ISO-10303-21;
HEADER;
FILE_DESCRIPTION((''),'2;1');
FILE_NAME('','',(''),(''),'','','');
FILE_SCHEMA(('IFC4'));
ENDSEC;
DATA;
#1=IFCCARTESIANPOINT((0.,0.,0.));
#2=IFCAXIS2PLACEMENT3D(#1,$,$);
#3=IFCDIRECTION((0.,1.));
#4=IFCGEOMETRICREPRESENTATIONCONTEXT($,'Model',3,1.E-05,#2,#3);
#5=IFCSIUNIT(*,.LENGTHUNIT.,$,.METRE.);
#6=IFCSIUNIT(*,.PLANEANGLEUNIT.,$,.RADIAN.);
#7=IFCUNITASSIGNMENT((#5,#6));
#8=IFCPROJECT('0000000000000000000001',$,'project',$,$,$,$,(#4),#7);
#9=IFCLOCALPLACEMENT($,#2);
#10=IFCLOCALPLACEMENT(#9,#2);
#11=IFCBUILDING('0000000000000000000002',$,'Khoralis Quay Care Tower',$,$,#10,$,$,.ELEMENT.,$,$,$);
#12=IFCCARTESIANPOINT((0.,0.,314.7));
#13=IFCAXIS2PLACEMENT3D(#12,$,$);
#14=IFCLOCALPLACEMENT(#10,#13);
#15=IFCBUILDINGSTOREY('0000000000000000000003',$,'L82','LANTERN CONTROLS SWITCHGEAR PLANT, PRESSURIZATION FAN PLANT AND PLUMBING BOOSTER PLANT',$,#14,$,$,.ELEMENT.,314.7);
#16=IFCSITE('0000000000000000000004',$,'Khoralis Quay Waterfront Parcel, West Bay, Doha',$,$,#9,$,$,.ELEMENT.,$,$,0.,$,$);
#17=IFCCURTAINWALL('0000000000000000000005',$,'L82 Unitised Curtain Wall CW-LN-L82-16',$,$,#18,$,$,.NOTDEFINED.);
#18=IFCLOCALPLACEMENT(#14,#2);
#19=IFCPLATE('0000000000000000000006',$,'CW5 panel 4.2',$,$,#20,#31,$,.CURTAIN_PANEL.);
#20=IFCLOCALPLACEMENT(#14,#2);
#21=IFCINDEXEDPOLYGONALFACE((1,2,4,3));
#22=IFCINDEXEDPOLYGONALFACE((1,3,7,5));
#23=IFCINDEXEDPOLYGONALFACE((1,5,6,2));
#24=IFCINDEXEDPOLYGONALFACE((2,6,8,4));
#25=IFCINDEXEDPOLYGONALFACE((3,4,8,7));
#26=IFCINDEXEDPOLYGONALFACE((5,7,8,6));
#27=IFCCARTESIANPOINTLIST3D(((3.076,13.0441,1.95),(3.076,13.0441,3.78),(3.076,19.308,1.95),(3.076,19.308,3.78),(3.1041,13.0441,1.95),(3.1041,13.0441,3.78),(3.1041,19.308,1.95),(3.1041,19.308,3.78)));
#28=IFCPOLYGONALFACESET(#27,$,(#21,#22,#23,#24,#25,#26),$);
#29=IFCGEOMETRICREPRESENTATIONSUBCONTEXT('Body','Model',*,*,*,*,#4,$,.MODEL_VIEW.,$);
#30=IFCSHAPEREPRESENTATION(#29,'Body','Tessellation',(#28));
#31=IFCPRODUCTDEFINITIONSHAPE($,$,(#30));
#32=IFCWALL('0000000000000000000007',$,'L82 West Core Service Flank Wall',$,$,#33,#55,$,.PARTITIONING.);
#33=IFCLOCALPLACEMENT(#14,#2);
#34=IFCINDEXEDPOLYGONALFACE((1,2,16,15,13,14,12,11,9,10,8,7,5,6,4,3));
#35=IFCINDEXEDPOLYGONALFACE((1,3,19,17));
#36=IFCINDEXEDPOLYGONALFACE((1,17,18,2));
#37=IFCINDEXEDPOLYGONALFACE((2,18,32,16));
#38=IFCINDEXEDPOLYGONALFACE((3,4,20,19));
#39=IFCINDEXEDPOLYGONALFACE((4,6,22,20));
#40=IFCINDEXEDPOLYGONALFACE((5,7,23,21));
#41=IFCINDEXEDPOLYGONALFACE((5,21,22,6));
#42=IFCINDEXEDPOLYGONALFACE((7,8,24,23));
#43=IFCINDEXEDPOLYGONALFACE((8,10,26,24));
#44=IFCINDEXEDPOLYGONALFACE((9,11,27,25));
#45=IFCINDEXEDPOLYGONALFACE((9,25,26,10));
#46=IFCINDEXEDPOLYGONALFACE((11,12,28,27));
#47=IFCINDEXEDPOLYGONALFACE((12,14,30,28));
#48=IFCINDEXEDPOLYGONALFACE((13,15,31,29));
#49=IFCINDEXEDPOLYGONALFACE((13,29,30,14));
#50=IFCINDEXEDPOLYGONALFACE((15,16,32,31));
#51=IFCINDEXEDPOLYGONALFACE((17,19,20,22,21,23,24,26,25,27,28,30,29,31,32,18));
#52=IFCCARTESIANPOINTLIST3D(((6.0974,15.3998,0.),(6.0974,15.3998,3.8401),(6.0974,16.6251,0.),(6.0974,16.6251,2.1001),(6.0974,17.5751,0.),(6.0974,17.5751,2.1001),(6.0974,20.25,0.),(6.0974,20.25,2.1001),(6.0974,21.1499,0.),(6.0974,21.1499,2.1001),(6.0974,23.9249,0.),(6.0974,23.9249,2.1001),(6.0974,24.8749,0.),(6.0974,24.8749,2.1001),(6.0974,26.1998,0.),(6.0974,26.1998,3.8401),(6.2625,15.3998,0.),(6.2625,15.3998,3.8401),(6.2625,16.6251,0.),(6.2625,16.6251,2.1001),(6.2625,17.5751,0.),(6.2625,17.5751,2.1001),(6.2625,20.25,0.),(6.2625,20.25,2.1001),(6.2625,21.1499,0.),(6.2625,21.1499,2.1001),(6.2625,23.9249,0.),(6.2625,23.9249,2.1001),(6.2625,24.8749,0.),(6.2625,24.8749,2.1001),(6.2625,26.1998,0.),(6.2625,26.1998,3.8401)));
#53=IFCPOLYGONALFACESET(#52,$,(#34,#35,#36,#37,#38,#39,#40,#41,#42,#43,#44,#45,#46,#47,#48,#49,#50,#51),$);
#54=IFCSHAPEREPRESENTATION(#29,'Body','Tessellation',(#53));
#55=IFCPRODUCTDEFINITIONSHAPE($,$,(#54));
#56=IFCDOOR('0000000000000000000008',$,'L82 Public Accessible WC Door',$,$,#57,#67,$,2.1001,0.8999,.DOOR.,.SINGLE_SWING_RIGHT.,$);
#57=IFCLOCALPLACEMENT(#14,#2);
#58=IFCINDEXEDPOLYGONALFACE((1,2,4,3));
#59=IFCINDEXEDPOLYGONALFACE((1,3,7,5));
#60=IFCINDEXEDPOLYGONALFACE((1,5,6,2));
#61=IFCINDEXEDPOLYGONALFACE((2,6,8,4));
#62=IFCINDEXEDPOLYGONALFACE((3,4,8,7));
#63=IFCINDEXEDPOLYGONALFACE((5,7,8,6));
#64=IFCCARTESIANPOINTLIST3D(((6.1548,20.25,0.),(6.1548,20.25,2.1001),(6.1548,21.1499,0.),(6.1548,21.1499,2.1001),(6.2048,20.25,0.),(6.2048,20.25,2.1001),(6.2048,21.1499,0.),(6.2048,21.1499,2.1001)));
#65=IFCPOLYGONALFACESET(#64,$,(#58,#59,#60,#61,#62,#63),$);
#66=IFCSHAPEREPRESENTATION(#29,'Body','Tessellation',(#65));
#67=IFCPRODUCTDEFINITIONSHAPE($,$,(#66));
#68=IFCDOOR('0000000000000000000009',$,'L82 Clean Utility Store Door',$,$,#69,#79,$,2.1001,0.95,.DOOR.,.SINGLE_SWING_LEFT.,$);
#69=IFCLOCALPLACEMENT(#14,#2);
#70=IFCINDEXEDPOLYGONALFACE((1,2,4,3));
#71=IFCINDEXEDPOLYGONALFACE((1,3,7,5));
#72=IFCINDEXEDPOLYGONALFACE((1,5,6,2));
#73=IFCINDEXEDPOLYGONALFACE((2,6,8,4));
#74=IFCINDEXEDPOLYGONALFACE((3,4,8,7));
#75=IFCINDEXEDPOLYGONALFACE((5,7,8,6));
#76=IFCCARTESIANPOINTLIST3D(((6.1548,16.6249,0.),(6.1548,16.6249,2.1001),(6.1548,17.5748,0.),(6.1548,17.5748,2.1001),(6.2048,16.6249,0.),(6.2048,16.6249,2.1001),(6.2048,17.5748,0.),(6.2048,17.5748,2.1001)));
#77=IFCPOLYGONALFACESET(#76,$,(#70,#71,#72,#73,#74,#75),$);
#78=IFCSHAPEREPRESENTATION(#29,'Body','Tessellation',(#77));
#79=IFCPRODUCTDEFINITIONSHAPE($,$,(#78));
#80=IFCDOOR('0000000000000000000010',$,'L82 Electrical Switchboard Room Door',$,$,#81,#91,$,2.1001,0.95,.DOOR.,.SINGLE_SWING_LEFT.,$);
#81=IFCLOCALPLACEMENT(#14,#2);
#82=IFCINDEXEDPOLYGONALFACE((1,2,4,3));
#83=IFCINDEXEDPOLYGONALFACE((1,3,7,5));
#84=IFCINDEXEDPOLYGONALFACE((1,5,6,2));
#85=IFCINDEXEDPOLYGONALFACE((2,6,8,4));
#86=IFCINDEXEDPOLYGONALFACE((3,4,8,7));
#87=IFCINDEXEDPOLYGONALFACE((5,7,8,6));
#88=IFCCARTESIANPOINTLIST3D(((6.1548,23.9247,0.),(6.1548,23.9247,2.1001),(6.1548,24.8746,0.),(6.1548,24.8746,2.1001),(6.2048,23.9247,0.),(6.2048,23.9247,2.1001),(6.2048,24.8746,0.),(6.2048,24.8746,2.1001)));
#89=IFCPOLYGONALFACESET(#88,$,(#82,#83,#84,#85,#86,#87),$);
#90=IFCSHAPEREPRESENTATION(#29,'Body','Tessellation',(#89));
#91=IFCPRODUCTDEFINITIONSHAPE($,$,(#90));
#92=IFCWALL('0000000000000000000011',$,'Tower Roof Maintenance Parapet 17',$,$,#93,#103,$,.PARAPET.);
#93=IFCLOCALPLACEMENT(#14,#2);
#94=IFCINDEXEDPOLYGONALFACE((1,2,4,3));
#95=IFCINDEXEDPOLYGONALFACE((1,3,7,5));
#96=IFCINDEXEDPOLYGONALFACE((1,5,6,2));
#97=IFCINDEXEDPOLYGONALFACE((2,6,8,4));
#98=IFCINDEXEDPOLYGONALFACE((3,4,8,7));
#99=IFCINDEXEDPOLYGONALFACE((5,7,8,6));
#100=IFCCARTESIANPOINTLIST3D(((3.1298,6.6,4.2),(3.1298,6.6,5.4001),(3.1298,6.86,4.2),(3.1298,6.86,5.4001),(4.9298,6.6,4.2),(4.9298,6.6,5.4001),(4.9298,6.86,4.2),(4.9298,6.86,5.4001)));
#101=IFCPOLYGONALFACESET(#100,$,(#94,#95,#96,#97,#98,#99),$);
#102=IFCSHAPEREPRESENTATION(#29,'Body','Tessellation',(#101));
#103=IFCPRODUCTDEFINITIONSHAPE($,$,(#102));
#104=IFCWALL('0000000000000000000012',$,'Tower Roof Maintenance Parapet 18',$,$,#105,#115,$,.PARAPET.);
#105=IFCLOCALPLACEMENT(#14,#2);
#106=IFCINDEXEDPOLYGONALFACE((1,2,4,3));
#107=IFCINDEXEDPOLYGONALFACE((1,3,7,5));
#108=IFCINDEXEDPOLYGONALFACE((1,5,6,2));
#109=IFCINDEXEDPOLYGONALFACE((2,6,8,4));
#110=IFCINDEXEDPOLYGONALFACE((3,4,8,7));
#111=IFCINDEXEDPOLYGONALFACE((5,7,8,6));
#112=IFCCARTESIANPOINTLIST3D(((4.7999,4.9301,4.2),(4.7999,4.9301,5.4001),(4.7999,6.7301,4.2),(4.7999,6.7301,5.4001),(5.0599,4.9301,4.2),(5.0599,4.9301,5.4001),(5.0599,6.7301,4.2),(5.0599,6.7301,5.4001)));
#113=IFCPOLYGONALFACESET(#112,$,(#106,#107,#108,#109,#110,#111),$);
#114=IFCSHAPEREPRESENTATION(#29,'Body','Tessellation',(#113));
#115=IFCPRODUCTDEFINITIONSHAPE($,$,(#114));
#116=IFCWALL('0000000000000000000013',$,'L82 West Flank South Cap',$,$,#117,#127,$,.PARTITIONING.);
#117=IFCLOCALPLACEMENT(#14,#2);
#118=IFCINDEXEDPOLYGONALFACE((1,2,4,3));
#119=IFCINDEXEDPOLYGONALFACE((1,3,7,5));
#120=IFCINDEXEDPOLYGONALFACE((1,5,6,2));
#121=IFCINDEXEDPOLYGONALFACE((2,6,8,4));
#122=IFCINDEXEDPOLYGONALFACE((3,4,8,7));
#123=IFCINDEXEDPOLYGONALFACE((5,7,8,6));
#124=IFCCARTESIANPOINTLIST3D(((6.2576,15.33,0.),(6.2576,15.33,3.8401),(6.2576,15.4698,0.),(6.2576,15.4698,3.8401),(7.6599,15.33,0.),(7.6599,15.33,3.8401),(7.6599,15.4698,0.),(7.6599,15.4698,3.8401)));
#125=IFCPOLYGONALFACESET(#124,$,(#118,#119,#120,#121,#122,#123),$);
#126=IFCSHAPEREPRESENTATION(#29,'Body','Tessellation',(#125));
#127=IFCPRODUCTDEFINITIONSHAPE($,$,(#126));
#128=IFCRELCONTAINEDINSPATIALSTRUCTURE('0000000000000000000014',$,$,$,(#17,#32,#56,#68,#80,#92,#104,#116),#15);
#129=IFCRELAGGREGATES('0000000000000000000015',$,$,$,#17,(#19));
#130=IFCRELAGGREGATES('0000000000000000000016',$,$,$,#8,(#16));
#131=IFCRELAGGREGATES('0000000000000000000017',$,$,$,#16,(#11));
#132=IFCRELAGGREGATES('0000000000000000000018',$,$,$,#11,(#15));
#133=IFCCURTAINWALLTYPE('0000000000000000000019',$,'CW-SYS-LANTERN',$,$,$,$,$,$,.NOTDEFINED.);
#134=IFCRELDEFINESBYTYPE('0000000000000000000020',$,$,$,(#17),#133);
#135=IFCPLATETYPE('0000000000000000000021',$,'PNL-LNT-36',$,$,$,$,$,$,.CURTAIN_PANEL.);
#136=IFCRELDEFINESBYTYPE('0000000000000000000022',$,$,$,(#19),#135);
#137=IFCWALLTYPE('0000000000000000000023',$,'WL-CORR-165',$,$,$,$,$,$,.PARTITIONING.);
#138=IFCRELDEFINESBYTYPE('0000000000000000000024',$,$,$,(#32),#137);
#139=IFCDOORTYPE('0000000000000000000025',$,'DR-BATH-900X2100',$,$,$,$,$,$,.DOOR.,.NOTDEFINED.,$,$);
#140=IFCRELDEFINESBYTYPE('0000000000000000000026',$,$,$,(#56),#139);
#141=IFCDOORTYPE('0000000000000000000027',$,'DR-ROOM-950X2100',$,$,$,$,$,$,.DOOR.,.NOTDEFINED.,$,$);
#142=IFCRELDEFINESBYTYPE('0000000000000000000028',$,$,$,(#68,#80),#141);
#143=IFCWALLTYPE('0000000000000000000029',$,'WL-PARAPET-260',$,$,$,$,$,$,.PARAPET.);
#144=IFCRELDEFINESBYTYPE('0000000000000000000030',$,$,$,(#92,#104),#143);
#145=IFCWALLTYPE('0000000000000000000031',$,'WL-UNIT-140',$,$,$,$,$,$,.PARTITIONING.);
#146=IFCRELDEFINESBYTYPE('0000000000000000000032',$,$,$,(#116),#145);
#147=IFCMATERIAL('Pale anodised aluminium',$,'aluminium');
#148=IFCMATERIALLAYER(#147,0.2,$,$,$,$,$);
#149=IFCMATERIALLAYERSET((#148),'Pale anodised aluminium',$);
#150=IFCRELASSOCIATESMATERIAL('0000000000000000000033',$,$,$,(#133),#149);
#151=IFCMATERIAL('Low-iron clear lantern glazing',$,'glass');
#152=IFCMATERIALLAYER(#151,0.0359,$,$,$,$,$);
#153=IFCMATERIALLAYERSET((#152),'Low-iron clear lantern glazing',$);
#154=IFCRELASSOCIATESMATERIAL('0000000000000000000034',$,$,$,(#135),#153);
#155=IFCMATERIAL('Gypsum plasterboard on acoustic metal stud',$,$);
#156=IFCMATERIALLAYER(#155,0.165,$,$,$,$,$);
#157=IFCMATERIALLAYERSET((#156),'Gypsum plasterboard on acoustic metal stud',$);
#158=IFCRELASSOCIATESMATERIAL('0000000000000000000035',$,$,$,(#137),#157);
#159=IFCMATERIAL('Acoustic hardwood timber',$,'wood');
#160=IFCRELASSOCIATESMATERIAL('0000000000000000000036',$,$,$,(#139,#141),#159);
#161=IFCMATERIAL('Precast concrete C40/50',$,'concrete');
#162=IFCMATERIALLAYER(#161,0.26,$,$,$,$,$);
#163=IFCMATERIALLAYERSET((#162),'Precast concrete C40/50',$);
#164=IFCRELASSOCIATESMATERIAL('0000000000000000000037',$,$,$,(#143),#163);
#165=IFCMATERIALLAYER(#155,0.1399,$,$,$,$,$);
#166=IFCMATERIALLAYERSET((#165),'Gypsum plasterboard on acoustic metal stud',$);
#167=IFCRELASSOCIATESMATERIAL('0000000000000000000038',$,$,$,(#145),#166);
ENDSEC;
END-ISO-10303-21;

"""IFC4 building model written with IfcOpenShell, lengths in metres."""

from ifc_helpers import new_model, si_unit, direction, frame, frame_2d, origin, origin_2d, place, context, subcontext, project, spatial, rectangle, extrude, source, transform, mapped, material, layer, layer_set, type_object, element, fill, aggregate, save


model = new_model("IFC4")

# Units and contexts
model_context = context("Model", 3, precision=1e-05, world=origin(), true_north=direction((0.0, 1.0)))
body_context = subcontext(model_context, "Body", "Model", "MODEL_VIEW")
ifc_project = project(units=[si_unit("LENGTHUNIT", "METRE"), si_unit("PLANEANGLEUNIT", "RADIAN")], contexts=[model_context])

# Site, building, storey
site_placement = place(None, origin())
site = spatial("IfcSite", under=ifc_project, at=site_placement, Name="Khoralis Quay Waterfront Parcel, West Bay, Doha", CompositionType="ELEMENT", RefElevation=0.0)
building_placement = place(site_placement, origin())
building = spatial("IfcBuilding", under=site, at=building_placement, Name="Khoralis Quay Care Tower", CompositionType="ELEMENT")
storey_placement = place(building_placement, frame((0.0, 0.0, 314.7)))
storey = spatial("IfcBuildingStorey", under=building, at=storey_placement, Name="L82", Description="LANTERN CONTROLS SWITCHGEAR PLANT, PRESSURIZATION FAN PLANT AND PLUMBING BOOSTER PLANT", CompositionType="ELEMENT", Elevation=314.7)

# Curtain wall
ifc_material_1 = material(Name="Pale anodised aluminium", Category="aluminium")
ifc_layer_1 = layer(ifc_material_1, 0.2)
ifc_layer_set_1 = layer_set([ifc_layer_1], Name="Pale anodised aluminium")
curtain_wall_type = type_object("IfcCurtainWallType", Name="CW-SYS-LANTERN", PredefinedType="NOTDEFINED", material=ifc_layer_set_1)
curtain_wall_1_placement = place(storey_placement, origin())
curtain_wall_1 = element("IfcCurtainWall", 1, at=curtain_wall_1_placement, inside=storey, type_object=curtain_wall_type, Name="L82 Unitised Curtain Wall CW-LN-L82-16", PredefinedType="NOTDEFINED")

# Plate
ifc_material_2 = material(Name="Low-iron clear lantern glazing", Category="glass")
ifc_layer_2 = layer(ifc_material_2, 0.0359)
ifc_layer_set_2 = layer_set([ifc_layer_2], Name="Low-iron clear lantern glazing")
plate_type = type_object("IfcPlateType", Name="PNL-LNT-36", PredefinedType="CURTAIN_PANEL", material=ifc_layer_set_2)
shared_shape_1 = source(origin(), body_context, "Body", "SweptSolid", [
    extrude(rectangle(XDim=6.2639, YDim=0.0281, at=origin_2d()), origin(), (0.0, 0.0, 1.0), 1.8301),
])
plate_1_placement = place(storey_placement, frame((3.0901, 16.176, 1.95), z_axis=(0.0, 0.0, 1.0), x_axis=(0.0, -1.0, 0.0)))
plate_1 = element("IfcPlate", 2, at=plate_1_placement, type_object=plate_type, Name="CW5 panel 4.2", PredefinedType="CURTAIN_PANEL", context=body_context, shape_type="MappedRepresentation", body=[
    mapped(shared_shape_1, transform((0.0, 0.0, 0.0), scale=1.0)),
])
aggregate(curtain_wall_1, [plate_1])

# Wall, openings, doors
ifc_material_3 = material(Name="Gypsum plasterboard on acoustic metal stud")
ifc_layer_3 = layer(ifc_material_3, 0.165)
ifc_layer_set_3 = layer_set([ifc_layer_3], Name="Gypsum plasterboard on acoustic metal stud")
wall_type_1 = type_object("IfcWallType", Name="WL-CORR-165", PredefinedType="PARTITIONING", material=ifc_layer_set_3)
wall_1_placement = place(storey_placement, frame((6.1799, 15.3999, 0.0), z_axis=(0.0, 0.0, 1.0), x_axis=(0.0, 1.0, 0.0)))
wall_1 = element("IfcWall", 3, at=wall_1_placement, inside=storey, type_object=wall_type_1, Name="L82 West Core Service Flank Wall", PredefinedType="PARTITIONING", context=body_context, shape_type="SweptSolid", body=[
    extrude(rectangle(XDim=10.8, YDim=0.165, at=frame_2d((5.3999, 0.0))), origin(), (0.0, 0.0, 1.0), 3.8401),
])
opening_1_placement = place(wall_1_placement, frame((1.2251, 0.0, 0.0)))
opening_1 = element("IfcOpeningElement", 4, at=opening_1_placement, cuts=wall_1, PredefinedType="OPENING", context=body_context, shape_type="SweptSolid", body=[
    extrude(rectangle(XDim=0.95, YDim=2.1001, at=frame_2d((0.4751, 1.05))), frame((0.0, 0.0925, 0.0), z_axis=(0.0, -1.0, 0.0), x_axis=(1.0, 0.0, 0.0)), (0.0, 0.0, 1.0), 0.1851),
])
opening_2_placement = place(wall_1_placement, frame((4.8501, 0.0, 0.0)))
opening_2 = element("IfcOpeningElement", 5, at=opening_2_placement, cuts=wall_1, PredefinedType="OPENING", context=body_context, shape_type="SweptSolid", body=[
    extrude(rectangle(XDim=0.8999, YDim=2.1001, at=frame_2d((0.45, 1.05))), frame((0.0, 0.0925, 0.0), z_axis=(0.0, -1.0, 0.0), x_axis=(1.0, 0.0, 0.0)), (0.0, 0.0, 1.0), 0.1851),
])
opening_3_placement = place(wall_1_placement, frame((8.5249, 0.0, 0.0)))
opening_3 = element("IfcOpeningElement", 6, at=opening_3_placement, cuts=wall_1, PredefinedType="OPENING", context=body_context, shape_type="SweptSolid", body=[
    extrude(rectangle(XDim=0.95, YDim=2.1001, at=frame_2d((0.4751, 1.05))), frame((0.0, 0.0925, 0.0), z_axis=(0.0, -1.0, 0.0), x_axis=(1.0, 0.0, 0.0)), (0.0, 0.0, 1.0), 0.1851),
])
ifc_material_4 = material(Name="Acoustic hardwood timber", Category="wood")
door_type_1 = type_object("IfcDoorType", Name="DR-BATH-900X2100", OperationType="NOTDEFINED", PredefinedType="DOOR", material=ifc_material_4)
shared_shape_2 = source(origin(), body_context, "Body", "SweptSolid", [
    extrude(rectangle(XDim=0.8999, YDim=2.1001, at=frame_2d((0.45, 1.05))), frame((0.0, 0.0249, 0.0), z_axis=(0.0, -1.0, 0.0), x_axis=(1.0, 0.0, 0.0)), (0.0, 0.0, 1.0), 0.05),
])
door_1_placement = place(opening_2_placement, frame((0.8999, 0.0, 0.0), z_axis=(0.0, 0.0, 1.0), x_axis=(-1.0, 0.0, 0.0)))
door_1 = element("IfcDoor", 7, at=door_1_placement, inside=storey, type_object=door_type_1, Name="L82 Public Accessible WC Door", OperationType="SINGLE_SWING_RIGHT", OverallHeight=2.1001, OverallWidth=0.8999, PredefinedType="DOOR", context=body_context, shape_type="MappedRepresentation", body=[
    mapped(shared_shape_2, transform((0.0, 0.0, 0.0), scale=1.0)),
])
fill(opening_2, door_1)
door_type_2 = type_object("IfcDoorType", Name="DR-ROOM-950X2100", OperationType="NOTDEFINED", PredefinedType="DOOR", material=ifc_material_4)
shared_shape_3 = source(origin(), body_context, "Body", "SweptSolid", [
    extrude(rectangle(XDim=0.95, YDim=2.1001, at=frame_2d((0.4751, 1.05))), frame((0.0, 0.0249, 0.0), z_axis=(0.0, -1.0, 0.0), x_axis=(1.0, 0.0, 0.0)), (0.0, 0.0, 1.0), 0.05),
])
door_2_placement = place(opening_1_placement, frame((0.95, 0.0, 0.0), z_axis=(0.0, 0.0, 1.0), x_axis=(-1.0, 0.0, 0.0)))
door_2 = element("IfcDoor", 8, at=door_2_placement, inside=storey, type_object=door_type_2, Name="L82 Clean Utility Store Door", OperationType="SINGLE_SWING_LEFT", OverallHeight=2.1001, OverallWidth=0.95, PredefinedType="DOOR", context=body_context, shape_type="MappedRepresentation", body=[
    mapped(shared_shape_3, transform((0.0, 0.0, 0.0), scale=1.0)),
])
fill(opening_1, door_2)
door_3_placement = place(opening_3_placement, frame((0.95, 0.0, 0.0), z_axis=(0.0, 0.0, 1.0), x_axis=(-1.0, 0.0, 0.0)))
door_3 = element("IfcDoor", 9, at=door_3_placement, inside=storey, type_object=door_type_2, Name="L82 Electrical Switchboard Room Door", OperationType="SINGLE_SWING_LEFT", OverallHeight=2.1001, OverallWidth=0.95, PredefinedType="DOOR", context=body_context, shape_type="MappedRepresentation", body=[
    mapped(shared_shape_3, transform((0.0, 0.0, 0.0), scale=1.0)),
])
fill(opening_3, door_3)

# Walls
ifc_material_5 = material(Name="Precast concrete C40/50", Category="concrete")
ifc_layer_4 = layer(ifc_material_5, 0.26)
ifc_layer_set_4 = layer_set([ifc_layer_4], Name="Precast concrete C40/50")
wall_type_2 = type_object("IfcWallType", Name="WL-PARAPET-260", PredefinedType="PARAPET", material=ifc_layer_set_4)
for number, where, z_axis, x_axis, name in (
    (10, (3.1299, 6.73, 4.2), (0.0, 0.0, 1.0), (1.0, 0.0, 0.0), "Tower Roof Maintenance Parapet 17"),
    (11, (4.9299, 6.73, 4.2), (0.0, 0.0, 1.0), (0.0, -1.0, 0.0), "Tower Roof Maintenance Parapet 18"),
):
    element("IfcWall", number, at=place(storey_placement, frame(where, z_axis=z_axis, x_axis=x_axis)), inside=storey, type_object=wall_type_2, Name=name, PredefinedType="PARAPET", context=body_context, shape_type="SweptSolid", body=[
        extrude(rectangle(XDim=1.8, YDim=0.26, at=frame_2d((0.8999, 0.0))), origin(), (0.0, 0.0, 1.0), 1.2002),
    ])
ifc_layer_5 = layer(ifc_material_3, 0.1399)
ifc_layer_set_5 = layer_set([ifc_layer_5], Name="Gypsum plasterboard on acoustic metal stud")
wall_type_3 = type_object("IfcWallType", Name="WL-UNIT-140", PredefinedType="PARTITIONING", material=ifc_layer_set_5)
wall_2_placement = place(storey_placement, frame((6.2576, 15.3999, 0.0), z_axis=(0.0, 0.0, 1.0), x_axis=(1.0, 0.0, 0.0)))
element("IfcWall", 12, at=wall_2_placement, inside=storey, type_object=wall_type_3, Name="L82 West Flank South Cap", PredefinedType="PARTITIONING", context=body_context, shape_type="SweptSolid", body=[
    extrude(rectangle(XDim=1.4023, YDim=0.1399, at=frame_2d((0.7012, 0.0))), origin(), (0.0, 0.0, 1.0), 3.8401),
])

save(model, "model.ifc")
